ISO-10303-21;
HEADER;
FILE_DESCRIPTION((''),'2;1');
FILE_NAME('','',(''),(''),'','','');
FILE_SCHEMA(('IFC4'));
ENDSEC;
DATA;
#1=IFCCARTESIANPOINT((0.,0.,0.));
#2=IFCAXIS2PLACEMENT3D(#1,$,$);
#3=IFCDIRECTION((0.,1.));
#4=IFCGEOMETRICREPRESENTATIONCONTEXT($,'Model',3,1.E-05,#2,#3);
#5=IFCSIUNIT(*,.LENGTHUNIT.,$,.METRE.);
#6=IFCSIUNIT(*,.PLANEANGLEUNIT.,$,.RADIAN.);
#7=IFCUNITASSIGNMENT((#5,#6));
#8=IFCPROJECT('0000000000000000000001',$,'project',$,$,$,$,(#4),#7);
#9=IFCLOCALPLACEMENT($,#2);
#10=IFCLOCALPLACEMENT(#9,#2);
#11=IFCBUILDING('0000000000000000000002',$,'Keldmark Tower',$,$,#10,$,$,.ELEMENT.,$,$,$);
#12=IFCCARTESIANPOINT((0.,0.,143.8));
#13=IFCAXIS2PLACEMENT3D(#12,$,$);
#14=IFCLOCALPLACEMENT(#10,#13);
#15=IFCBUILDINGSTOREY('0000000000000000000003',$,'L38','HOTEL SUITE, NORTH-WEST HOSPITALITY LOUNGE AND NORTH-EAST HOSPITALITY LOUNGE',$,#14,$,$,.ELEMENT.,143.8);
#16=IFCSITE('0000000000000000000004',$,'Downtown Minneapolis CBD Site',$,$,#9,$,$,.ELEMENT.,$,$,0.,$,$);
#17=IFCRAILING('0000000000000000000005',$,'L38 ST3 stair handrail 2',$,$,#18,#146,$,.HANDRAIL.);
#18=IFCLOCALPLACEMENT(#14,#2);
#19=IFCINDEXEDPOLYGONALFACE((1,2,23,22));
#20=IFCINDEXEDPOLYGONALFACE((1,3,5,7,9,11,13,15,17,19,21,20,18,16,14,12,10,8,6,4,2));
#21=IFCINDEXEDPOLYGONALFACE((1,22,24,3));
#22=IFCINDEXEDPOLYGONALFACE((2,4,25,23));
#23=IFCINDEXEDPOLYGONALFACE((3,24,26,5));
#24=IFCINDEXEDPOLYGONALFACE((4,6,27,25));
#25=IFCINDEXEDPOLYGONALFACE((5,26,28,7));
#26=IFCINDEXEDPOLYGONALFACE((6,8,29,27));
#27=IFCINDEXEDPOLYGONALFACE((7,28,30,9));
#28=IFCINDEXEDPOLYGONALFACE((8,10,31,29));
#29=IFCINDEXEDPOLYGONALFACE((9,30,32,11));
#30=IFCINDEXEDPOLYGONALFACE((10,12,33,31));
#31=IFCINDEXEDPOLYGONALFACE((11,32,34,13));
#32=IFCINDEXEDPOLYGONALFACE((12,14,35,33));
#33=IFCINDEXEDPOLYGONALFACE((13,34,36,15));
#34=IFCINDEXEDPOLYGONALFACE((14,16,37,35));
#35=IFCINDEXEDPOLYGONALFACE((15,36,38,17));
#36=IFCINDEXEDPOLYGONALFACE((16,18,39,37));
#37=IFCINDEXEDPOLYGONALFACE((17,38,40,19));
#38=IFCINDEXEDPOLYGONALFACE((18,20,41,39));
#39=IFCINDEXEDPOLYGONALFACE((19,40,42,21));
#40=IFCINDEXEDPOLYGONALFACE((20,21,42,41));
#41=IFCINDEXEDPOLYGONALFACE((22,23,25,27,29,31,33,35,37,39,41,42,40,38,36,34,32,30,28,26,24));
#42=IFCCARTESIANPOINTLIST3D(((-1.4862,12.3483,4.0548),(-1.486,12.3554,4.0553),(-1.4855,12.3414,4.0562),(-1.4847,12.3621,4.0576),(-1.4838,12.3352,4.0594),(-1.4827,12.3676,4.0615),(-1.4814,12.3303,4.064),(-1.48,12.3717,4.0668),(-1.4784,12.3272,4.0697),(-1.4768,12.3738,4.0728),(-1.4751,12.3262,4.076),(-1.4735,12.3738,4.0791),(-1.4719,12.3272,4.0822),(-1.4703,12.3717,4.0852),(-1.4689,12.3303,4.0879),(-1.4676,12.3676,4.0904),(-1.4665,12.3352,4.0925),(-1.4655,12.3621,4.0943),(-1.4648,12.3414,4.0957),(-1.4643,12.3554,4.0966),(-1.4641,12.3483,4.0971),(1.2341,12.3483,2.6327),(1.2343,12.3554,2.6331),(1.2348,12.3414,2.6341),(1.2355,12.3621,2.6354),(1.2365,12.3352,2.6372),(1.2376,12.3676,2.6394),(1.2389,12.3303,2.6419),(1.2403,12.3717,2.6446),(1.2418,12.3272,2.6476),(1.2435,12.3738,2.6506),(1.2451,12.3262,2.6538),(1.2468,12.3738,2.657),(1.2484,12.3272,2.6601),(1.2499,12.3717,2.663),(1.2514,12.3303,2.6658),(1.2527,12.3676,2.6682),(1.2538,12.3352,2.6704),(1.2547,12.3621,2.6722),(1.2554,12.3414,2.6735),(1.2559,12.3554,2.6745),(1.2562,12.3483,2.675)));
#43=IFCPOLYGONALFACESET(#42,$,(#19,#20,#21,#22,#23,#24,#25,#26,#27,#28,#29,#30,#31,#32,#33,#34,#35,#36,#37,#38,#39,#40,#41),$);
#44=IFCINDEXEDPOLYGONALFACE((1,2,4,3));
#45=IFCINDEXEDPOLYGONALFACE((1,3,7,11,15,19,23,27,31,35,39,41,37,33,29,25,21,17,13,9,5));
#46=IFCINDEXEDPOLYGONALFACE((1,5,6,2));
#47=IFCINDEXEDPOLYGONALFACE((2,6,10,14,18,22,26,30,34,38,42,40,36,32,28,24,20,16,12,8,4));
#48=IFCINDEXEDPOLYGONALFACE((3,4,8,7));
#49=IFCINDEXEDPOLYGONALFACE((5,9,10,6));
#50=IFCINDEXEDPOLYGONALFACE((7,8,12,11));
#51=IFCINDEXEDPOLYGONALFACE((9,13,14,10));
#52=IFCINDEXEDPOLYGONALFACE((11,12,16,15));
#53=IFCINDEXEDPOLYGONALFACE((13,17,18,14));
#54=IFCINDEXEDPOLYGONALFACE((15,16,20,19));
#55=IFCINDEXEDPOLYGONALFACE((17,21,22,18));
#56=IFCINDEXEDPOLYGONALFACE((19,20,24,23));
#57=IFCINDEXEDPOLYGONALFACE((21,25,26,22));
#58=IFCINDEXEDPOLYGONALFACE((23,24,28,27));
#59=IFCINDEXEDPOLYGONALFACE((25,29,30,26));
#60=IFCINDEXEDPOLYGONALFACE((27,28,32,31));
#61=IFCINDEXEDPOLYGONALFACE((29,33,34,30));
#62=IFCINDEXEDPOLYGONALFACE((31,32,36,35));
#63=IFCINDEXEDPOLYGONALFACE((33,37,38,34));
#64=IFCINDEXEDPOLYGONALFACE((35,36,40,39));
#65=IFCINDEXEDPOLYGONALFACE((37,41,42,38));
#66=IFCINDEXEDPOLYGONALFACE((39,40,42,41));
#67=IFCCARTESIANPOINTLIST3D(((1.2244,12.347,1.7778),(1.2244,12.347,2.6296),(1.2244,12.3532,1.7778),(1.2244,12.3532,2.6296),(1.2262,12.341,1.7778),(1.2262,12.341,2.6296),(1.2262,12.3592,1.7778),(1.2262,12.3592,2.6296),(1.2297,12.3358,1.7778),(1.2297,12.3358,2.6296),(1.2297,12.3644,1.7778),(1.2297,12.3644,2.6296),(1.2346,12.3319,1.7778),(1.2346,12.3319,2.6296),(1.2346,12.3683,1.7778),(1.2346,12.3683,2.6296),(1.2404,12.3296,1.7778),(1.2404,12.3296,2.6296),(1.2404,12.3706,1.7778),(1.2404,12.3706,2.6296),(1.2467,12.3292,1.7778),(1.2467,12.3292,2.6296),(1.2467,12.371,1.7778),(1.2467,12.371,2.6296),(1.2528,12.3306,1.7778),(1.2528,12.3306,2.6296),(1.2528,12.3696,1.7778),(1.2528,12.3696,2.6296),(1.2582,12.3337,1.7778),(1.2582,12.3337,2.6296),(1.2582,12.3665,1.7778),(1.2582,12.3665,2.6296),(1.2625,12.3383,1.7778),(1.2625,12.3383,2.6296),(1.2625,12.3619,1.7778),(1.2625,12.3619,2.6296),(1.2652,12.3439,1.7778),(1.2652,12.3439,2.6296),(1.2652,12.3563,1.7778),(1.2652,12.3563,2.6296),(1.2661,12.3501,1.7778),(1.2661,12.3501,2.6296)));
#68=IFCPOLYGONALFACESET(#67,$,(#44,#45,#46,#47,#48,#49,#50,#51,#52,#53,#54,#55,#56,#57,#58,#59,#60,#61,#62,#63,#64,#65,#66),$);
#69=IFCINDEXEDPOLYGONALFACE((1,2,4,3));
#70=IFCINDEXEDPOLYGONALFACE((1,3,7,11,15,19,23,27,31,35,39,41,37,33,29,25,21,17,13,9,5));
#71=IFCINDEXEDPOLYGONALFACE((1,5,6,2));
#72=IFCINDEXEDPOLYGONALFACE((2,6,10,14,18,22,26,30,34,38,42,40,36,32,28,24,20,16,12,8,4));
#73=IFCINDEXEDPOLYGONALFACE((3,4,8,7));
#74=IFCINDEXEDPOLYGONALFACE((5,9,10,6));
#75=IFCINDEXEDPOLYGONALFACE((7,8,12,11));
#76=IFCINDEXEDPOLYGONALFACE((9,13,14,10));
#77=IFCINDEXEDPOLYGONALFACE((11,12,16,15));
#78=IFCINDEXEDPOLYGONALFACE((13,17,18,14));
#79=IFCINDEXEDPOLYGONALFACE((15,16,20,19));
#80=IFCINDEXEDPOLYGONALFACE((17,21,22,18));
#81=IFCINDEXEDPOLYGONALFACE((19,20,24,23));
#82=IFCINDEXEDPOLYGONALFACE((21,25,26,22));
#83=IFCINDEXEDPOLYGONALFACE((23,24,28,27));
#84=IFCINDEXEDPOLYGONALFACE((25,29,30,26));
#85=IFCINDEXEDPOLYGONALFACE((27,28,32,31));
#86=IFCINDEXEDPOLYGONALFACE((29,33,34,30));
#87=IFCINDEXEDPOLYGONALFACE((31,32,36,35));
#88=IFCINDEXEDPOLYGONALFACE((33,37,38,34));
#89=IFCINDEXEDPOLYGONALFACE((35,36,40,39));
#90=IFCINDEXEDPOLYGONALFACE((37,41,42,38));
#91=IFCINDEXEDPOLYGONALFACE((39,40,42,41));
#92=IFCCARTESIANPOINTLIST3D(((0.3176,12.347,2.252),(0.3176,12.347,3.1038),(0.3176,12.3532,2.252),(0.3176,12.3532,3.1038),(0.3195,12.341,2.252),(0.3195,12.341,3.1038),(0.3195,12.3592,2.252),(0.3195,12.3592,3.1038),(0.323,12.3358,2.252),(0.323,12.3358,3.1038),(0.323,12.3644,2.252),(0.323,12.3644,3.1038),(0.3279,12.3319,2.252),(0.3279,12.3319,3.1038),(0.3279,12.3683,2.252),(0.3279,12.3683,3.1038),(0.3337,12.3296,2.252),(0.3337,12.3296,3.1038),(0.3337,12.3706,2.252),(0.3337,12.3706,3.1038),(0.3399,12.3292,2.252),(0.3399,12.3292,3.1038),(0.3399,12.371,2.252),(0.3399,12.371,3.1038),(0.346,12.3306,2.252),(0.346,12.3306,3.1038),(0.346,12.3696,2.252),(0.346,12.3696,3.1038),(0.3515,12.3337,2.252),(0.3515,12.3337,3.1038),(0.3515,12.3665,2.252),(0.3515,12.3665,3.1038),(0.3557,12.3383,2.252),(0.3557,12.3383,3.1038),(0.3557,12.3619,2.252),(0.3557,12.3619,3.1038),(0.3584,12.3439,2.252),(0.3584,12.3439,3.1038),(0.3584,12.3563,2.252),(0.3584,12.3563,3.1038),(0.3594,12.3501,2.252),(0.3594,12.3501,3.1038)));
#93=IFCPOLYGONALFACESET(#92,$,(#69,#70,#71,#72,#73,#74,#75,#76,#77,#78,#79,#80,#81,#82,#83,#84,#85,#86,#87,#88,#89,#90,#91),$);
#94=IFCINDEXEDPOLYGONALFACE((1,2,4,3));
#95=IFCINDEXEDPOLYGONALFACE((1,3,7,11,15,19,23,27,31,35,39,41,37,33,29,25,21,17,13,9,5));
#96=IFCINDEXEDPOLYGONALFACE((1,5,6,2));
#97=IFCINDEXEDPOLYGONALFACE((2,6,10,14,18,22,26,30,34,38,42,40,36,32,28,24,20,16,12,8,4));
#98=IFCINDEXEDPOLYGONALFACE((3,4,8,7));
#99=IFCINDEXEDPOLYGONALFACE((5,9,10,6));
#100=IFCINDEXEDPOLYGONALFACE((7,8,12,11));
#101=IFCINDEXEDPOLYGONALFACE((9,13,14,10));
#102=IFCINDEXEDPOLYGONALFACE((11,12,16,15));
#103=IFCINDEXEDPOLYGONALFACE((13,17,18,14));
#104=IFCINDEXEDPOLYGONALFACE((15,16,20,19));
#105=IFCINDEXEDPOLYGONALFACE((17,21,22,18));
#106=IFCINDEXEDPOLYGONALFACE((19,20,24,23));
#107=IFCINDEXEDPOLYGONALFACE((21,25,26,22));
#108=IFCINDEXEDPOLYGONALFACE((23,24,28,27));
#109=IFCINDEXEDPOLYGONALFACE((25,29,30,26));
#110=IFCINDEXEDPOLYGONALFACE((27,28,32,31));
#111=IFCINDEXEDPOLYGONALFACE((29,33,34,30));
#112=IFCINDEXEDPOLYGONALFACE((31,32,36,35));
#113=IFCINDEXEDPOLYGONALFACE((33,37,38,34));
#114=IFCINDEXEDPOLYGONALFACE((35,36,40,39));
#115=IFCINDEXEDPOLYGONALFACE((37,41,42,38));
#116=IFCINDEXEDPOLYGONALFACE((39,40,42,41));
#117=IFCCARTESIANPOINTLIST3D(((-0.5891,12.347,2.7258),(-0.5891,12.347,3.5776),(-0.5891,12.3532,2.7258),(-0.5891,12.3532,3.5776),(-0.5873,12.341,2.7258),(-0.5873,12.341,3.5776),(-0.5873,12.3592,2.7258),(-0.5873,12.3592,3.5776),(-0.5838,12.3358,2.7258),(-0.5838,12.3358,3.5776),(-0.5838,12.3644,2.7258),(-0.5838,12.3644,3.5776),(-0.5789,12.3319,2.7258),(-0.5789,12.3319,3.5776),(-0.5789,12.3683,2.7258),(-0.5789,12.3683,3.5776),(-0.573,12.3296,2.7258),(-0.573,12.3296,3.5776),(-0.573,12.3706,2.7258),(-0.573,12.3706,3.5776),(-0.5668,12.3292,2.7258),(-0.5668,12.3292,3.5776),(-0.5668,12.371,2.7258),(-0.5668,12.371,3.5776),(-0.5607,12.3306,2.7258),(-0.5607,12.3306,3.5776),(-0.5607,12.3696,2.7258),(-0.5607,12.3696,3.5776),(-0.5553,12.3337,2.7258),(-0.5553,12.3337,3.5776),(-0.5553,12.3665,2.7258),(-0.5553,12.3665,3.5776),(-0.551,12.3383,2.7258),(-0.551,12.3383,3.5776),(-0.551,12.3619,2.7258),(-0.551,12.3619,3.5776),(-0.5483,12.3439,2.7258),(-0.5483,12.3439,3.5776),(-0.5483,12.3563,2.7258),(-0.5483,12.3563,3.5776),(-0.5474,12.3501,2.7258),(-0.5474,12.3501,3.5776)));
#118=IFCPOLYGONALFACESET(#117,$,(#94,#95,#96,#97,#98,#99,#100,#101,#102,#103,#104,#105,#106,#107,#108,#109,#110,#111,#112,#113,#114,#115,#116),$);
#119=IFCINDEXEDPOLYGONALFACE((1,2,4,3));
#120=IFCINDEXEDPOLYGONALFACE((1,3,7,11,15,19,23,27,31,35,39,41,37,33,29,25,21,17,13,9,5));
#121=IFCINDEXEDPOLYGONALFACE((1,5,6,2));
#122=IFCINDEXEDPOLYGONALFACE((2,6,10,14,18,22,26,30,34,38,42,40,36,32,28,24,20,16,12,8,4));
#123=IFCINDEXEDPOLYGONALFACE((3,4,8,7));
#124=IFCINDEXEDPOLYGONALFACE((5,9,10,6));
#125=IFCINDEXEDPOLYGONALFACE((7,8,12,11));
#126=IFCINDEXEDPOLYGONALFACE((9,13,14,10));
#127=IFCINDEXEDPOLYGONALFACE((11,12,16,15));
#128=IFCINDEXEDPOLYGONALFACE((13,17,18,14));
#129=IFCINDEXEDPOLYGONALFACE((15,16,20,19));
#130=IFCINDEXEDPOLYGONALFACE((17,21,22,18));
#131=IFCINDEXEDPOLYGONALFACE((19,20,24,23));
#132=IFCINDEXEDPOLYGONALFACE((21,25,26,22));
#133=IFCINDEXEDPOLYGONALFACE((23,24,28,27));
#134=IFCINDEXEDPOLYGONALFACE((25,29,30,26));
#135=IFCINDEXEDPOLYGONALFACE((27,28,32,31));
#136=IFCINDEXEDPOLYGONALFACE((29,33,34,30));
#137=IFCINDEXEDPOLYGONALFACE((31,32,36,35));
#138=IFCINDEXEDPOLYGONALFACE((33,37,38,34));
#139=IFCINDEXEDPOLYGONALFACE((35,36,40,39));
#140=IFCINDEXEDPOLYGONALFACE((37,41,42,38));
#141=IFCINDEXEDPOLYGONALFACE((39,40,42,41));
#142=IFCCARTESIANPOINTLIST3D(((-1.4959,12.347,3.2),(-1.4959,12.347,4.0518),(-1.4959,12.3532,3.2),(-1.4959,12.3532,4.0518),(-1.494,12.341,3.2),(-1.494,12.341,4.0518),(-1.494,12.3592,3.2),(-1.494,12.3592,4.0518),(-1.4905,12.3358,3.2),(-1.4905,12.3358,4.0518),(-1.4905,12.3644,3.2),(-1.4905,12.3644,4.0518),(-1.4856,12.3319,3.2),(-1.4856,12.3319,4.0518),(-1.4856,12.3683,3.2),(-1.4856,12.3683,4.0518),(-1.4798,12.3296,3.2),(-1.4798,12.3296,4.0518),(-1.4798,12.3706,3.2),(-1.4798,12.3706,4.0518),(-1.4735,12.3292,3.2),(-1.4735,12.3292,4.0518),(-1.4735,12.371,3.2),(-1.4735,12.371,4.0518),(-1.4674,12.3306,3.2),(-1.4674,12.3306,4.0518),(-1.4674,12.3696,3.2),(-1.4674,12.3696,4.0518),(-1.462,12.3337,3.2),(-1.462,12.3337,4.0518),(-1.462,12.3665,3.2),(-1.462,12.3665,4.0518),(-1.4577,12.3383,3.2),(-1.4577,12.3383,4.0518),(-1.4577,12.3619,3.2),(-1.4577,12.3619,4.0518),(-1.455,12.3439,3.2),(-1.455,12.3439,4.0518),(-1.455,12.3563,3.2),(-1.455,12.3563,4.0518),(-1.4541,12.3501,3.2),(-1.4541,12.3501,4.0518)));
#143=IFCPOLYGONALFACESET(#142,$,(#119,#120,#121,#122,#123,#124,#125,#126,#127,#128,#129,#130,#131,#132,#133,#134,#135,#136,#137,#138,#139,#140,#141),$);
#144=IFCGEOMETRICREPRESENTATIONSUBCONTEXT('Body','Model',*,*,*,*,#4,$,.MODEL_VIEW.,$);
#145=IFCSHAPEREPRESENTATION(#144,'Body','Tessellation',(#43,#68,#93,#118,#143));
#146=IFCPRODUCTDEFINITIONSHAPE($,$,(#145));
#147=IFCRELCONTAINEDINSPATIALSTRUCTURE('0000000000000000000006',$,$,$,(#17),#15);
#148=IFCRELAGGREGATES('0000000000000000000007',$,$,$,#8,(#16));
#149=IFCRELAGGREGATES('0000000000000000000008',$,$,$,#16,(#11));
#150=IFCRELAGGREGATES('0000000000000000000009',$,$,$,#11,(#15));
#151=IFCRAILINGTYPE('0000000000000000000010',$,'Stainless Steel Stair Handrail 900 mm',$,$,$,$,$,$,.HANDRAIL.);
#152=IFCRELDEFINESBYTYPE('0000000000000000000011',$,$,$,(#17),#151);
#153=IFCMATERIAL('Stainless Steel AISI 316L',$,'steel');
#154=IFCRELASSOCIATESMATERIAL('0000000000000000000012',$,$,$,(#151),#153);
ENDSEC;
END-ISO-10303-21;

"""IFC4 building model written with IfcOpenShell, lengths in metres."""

from ifc_helpers import new_model, si_unit, direction, frame, origin, origin_2d, place, context, subcontext, project, spatial, circle, extrude, material, type_object, element, save


model = new_model("IFC4")

# Units and contexts
model_context = context("Model", 3, precision=1e-05, world=origin(), true_north=direction((0.0, 1.0)))
body_context = subcontext(model_context, "Body", "Model", "MODEL_VIEW")
ifc_project = project(units=[si_unit("LENGTHUNIT", "METRE"), si_unit("PLANEANGLEUNIT", "RADIAN")], contexts=[model_context])

# Site, building, storey
site_placement = place(None, origin())
site = spatial("IfcSite", under=ifc_project, at=site_placement, Name="Downtown Minneapolis CBD Site", CompositionType="ELEMENT", RefElevation=0.0)
building_placement = place(site_placement, origin())
building = spatial("IfcBuilding", under=site, at=building_placement, Name="Keldmark Tower", CompositionType="ELEMENT")
storey_placement = place(building_placement, frame((0.0, 0.0, 143.8)))
storey = spatial("IfcBuildingStorey", under=building, at=storey_placement, Name="L38", Description="HOTEL SUITE, NORTH-WEST HOSPITALITY LOUNGE AND NORTH-EAST HOSPITALITY LOUNGE", CompositionType="ELEMENT", Elevation=143.8)

# Railing
ifc_material_1 = material(Name="Stainless Steel AISI 316L", Category="steel")
railing_type_1 = type_object("IfcRailingType", Name="Stainless Steel Stair Handrail 900 mm", PredefinedType="HANDRAIL", material=ifc_material_1)
railing_1_placement = place(storey_placement, frame((1.2451, 12.3501, 1.7778)))
element("IfcRailing", 1, at=railing_1_placement, inside=storey, type_object=railing_type_1, Name="L38 ST3 stair handrail 2", PredefinedType="HANDRAIL", context=body_context, shape_type="SweptSolid", body=[
    extrude(circle(Radius=0.0239, at=origin_2d()), frame((0.0, 0.0, 0.876), z_axis=(-0.8862, 0.0, 0.463302), x_axis=(0.0, -1.0, 0.0)), (0.0, 0.0, 1.0), 3.0696),
    extrude(circle(Radius=0.021, at=origin_2d()), origin(), (0.0, 0.0, 1.0), 0.8518),
    extrude(circle(Radius=0.021, at=origin_2d()), frame((-0.9067, 0.0, 0.4741)), (0.0, 0.0, 1.0), 0.8518),
    extrude(circle(Radius=0.021, at=origin_2d()), frame((-1.8135, 0.0, 0.948)), (0.0, 0.0, 1.0), 0.8518),
    extrude(circle(Radius=0.021, at=origin_2d()), frame((-2.7202, 0.0, 1.4221)), (0.0, 0.0, 1.0), 0.8518),
])

save(model, "model.ifc")
